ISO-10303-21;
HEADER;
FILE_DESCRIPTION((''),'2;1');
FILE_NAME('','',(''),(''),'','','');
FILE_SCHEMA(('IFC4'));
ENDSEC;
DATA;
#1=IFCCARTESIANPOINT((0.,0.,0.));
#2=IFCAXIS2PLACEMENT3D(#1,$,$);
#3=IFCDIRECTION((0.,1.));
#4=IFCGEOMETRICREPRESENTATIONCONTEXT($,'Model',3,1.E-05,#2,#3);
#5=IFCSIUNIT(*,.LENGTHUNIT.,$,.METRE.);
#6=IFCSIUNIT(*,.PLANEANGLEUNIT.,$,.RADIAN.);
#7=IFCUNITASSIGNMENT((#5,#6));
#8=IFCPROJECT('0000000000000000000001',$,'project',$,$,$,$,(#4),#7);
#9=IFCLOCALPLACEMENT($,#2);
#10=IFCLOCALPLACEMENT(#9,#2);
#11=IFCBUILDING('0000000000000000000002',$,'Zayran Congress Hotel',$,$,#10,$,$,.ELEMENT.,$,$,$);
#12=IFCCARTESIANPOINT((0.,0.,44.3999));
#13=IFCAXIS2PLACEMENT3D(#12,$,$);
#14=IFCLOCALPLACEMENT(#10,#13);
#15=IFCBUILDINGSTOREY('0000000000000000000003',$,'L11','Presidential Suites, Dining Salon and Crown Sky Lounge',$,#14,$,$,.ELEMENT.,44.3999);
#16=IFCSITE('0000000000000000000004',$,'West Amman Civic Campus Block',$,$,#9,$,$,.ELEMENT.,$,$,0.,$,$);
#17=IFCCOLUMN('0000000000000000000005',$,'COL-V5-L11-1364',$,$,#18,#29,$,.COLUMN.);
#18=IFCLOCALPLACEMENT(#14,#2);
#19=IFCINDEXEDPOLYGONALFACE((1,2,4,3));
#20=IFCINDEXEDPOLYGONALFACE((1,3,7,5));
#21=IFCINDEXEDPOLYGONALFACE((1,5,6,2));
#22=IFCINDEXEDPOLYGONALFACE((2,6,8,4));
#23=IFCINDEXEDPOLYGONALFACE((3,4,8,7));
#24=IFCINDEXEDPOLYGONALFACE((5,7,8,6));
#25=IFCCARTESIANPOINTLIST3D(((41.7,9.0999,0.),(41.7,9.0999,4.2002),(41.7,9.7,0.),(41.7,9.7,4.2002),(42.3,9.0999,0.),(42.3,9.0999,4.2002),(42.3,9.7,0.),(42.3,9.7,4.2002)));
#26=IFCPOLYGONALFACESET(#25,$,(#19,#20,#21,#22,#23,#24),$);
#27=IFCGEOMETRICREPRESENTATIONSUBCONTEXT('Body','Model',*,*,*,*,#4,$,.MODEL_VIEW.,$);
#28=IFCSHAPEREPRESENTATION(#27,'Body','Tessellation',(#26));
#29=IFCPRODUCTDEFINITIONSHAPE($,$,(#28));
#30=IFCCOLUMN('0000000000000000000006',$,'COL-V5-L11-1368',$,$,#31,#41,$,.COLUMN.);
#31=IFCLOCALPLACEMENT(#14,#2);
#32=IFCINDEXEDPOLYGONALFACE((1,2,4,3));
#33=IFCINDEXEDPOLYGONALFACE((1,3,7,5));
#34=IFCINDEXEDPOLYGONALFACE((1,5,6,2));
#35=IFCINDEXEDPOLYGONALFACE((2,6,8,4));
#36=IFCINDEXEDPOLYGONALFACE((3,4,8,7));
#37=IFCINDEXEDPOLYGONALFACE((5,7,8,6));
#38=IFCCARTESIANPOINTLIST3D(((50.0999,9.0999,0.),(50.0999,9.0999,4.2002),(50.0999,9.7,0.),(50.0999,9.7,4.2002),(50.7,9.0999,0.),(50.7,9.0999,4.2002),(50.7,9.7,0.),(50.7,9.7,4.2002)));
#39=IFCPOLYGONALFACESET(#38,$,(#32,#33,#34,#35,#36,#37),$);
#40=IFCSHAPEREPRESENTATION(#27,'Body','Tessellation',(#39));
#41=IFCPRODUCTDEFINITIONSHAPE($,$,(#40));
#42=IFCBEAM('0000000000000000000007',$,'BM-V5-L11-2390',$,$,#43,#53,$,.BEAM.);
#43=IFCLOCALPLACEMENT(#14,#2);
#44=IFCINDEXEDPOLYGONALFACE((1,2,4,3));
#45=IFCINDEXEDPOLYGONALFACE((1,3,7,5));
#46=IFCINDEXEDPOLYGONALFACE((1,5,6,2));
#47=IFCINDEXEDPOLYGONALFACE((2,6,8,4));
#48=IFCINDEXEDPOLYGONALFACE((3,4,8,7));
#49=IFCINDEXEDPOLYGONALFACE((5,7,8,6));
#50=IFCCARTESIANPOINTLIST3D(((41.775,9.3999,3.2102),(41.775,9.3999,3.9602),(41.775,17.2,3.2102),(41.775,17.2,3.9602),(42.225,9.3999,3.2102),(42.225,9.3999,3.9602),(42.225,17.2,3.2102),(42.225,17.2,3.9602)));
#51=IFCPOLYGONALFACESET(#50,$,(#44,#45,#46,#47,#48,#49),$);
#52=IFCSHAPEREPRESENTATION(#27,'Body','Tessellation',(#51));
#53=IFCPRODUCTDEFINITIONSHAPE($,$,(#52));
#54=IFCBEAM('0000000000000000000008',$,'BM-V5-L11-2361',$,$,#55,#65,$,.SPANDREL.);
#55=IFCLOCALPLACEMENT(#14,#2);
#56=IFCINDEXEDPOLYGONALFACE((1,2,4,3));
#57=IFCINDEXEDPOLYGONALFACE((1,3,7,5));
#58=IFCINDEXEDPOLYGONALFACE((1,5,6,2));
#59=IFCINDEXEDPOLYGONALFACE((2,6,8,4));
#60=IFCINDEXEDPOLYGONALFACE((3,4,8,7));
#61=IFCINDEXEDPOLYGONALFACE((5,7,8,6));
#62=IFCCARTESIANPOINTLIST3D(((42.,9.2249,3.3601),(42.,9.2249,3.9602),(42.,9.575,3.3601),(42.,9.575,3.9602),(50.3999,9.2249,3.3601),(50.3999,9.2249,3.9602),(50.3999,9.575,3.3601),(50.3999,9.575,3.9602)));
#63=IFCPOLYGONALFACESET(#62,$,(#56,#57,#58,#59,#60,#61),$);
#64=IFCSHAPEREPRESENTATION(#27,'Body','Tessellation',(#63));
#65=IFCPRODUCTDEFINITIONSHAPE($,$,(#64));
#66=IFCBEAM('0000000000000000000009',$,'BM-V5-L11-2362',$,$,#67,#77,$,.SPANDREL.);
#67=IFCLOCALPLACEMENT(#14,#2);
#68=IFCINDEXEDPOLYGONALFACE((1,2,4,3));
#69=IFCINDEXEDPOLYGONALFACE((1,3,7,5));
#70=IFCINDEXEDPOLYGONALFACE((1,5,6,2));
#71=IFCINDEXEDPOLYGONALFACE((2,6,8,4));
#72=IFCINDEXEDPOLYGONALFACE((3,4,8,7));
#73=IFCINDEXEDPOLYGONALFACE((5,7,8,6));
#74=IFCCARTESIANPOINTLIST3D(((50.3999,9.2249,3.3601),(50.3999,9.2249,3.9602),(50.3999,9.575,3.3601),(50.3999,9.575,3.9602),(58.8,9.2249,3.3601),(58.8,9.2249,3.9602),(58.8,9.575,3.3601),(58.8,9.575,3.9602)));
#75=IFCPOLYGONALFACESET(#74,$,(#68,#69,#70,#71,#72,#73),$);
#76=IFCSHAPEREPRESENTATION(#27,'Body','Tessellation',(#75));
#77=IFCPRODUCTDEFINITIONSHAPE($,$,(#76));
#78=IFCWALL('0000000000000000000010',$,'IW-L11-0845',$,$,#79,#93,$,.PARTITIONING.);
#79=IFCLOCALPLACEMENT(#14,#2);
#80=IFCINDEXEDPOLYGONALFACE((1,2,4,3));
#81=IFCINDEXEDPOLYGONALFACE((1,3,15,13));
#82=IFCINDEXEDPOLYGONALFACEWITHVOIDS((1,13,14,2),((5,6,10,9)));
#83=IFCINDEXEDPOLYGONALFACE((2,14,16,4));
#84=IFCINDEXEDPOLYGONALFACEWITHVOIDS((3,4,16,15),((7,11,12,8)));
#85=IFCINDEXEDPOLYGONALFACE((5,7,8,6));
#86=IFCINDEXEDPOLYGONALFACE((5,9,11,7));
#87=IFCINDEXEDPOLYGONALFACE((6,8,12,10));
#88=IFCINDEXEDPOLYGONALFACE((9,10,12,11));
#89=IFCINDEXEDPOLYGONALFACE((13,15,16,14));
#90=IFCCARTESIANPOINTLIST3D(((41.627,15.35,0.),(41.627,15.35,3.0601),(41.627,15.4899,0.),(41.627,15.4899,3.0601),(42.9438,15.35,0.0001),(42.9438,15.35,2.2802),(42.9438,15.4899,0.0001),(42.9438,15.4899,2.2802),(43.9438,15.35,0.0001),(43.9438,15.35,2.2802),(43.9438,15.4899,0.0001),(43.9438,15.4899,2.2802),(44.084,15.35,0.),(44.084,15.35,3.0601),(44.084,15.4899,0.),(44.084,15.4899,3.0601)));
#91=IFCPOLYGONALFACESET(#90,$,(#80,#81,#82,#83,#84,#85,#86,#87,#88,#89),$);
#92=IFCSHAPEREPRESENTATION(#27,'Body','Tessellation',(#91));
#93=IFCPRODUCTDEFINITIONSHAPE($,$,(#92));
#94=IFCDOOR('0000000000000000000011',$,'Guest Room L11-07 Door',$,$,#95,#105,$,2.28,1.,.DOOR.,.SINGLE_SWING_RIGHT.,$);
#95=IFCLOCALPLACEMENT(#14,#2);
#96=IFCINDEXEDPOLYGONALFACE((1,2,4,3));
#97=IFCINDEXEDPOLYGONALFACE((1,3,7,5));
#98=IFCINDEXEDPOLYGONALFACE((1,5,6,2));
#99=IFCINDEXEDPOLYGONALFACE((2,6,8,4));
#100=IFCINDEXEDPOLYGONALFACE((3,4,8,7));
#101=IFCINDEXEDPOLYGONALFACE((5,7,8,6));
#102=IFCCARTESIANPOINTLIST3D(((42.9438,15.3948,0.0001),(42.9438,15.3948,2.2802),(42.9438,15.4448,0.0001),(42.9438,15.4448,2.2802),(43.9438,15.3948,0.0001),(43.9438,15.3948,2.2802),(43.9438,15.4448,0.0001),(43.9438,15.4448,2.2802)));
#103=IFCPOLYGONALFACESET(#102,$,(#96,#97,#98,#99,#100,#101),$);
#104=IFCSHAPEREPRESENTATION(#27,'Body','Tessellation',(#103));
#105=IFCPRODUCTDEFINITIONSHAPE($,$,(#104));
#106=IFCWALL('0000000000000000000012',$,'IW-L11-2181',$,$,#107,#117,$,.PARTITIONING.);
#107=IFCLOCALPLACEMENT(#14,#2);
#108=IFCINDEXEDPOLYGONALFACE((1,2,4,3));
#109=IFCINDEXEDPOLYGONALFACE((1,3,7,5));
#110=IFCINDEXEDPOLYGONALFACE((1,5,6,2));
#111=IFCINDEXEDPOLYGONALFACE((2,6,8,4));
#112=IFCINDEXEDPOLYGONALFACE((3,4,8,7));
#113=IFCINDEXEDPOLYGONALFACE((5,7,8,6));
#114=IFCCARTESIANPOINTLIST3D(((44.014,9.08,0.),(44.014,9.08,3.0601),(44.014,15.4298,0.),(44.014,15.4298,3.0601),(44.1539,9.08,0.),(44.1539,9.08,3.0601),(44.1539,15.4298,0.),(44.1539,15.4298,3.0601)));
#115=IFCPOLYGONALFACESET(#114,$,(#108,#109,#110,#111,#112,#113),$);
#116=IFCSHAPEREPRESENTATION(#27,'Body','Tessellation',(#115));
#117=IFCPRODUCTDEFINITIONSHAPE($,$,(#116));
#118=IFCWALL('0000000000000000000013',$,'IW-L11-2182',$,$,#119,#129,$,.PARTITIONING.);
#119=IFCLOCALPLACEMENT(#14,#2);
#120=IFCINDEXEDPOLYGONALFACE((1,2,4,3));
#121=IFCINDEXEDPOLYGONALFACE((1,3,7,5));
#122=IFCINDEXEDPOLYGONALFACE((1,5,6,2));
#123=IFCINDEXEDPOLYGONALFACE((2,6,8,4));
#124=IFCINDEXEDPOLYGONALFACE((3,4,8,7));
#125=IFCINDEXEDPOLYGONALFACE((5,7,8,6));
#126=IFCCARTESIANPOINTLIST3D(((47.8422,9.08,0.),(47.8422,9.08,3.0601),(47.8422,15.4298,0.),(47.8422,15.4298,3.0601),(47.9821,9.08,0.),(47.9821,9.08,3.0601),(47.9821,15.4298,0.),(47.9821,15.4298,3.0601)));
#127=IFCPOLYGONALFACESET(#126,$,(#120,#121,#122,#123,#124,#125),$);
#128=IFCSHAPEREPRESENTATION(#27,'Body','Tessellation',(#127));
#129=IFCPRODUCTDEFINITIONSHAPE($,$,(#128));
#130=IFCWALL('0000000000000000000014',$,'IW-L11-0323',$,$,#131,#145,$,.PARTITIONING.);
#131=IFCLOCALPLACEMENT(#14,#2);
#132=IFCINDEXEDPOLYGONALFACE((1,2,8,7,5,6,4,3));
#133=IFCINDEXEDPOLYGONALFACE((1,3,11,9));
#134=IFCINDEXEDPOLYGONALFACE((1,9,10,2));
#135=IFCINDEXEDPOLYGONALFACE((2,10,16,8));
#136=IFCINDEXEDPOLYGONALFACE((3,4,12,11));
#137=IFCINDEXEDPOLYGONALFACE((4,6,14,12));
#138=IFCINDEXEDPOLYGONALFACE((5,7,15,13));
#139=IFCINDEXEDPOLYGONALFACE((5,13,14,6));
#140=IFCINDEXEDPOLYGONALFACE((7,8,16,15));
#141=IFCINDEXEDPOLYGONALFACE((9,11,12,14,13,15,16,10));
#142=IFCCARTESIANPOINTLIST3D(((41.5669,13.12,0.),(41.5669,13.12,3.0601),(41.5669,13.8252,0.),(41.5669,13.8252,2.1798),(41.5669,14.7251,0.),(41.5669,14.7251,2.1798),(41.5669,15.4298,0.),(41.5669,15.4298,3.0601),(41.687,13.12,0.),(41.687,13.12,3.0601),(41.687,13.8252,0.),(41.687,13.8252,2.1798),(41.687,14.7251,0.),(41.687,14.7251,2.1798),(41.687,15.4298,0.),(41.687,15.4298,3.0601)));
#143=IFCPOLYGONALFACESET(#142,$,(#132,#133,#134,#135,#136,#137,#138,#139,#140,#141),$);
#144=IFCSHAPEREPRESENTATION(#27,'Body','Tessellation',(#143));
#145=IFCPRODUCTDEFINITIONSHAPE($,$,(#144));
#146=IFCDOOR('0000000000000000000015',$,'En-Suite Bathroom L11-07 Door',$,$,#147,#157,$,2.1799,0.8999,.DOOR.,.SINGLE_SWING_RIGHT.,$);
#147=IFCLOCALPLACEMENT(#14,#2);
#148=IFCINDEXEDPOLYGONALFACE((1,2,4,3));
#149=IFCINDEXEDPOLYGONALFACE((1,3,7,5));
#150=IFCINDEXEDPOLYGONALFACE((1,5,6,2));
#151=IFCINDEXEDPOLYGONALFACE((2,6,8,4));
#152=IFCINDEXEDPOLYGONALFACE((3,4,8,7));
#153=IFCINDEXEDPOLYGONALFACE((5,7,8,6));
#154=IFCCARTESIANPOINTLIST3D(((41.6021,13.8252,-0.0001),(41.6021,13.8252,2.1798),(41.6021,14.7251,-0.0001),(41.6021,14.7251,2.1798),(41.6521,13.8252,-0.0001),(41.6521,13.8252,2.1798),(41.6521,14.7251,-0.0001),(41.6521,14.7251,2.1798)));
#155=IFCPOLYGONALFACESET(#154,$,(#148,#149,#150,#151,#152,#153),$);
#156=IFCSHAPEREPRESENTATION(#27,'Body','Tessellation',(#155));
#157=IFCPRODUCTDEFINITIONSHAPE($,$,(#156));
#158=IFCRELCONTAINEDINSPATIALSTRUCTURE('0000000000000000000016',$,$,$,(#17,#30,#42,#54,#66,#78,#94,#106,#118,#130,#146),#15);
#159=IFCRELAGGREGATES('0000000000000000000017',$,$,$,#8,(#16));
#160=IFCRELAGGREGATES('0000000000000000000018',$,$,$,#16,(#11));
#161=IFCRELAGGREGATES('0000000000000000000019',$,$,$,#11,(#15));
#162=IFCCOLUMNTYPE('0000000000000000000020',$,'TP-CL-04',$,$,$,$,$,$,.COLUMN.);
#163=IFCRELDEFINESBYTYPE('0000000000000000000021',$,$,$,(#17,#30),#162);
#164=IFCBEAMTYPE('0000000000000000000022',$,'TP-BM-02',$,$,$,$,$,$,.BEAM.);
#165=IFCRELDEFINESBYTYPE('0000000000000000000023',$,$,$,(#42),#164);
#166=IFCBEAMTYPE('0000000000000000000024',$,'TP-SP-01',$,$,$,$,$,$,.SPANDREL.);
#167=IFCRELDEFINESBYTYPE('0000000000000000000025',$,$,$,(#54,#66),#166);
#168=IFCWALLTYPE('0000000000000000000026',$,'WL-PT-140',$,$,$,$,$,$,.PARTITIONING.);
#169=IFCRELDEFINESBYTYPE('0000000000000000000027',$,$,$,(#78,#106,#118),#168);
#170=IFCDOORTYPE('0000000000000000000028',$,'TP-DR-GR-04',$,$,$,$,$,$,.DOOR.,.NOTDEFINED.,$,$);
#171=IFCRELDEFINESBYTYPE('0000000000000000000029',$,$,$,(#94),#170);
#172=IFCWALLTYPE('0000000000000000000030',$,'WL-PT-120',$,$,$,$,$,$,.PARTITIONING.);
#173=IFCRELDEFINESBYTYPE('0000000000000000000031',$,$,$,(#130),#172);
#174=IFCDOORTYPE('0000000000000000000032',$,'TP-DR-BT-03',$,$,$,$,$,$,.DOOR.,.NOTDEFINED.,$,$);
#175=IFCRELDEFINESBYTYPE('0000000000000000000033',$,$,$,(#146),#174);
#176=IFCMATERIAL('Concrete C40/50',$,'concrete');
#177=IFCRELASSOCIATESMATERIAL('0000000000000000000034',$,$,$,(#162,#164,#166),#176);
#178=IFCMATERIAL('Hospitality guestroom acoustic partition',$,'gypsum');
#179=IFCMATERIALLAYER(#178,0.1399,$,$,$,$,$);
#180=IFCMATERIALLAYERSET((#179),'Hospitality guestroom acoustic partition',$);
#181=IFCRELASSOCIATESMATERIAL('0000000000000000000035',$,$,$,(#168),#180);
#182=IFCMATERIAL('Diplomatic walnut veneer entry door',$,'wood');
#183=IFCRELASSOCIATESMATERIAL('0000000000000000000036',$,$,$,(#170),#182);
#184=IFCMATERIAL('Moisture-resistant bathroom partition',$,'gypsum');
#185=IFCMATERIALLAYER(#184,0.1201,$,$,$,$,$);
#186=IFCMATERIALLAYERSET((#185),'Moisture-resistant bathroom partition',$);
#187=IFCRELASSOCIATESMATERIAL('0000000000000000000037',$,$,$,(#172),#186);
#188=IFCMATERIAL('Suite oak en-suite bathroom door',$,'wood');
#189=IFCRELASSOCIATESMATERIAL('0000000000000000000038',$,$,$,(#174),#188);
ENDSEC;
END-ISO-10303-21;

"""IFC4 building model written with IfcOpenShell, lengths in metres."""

from ifc_helpers import new_model, si_unit, direction, frame, frame_2d, origin, origin_2d, place, context, subcontext, project, spatial, rectangle, extrude, material, layer, layer_set, material_profile, profile_set, type_object, element, fill, save


model = new_model("IFC4")

# Units and contexts
model_context = context("Model", 3, precision=1e-05, world=origin(), true_north=direction((0.0, 1.0)))
body_context = subcontext(model_context, "Body", "Model", "MODEL_VIEW")
ifc_project = project(units=[si_unit("LENGTHUNIT", "METRE"), si_unit("PLANEANGLEUNIT", "RADIAN")], contexts=[model_context])

# Site, building, storey
site_placement = place(None, origin())
site = spatial("IfcSite", under=ifc_project, at=site_placement, Name="West Amman Civic Campus Block", CompositionType="ELEMENT", RefElevation=0.0)
building_placement = place(site_placement, origin())
building = spatial("IfcBuilding", under=site, at=building_placement, Name="Zayran Congress Hotel", CompositionType="ELEMENT")
storey_placement = place(building_placement, frame((0.0, 0.0, 44.3999)))
storey = spatial("IfcBuildingStorey", under=building, at=storey_placement, Name="L11", Description="Presidential Suites, Dining Salon and Crown Sky Lounge", CompositionType="ELEMENT", Elevation=44.3999)

# Columns
ifc_material_1 = material(Name="Concrete C40/50", Category="concrete")
ifc_material_profile_1 = material_profile(ifc_material_1, rectangle(XDim=0.6001, YDim=0.6001, at=origin_2d()), Name="RC 600x600")
ifc_profile_set_1 = profile_set([ifc_material_profile_1], Name="Concrete C40/50")
column_type = type_object("IfcColumnType", Name="TP-CL-04", PredefinedType="COLUMN", material=ifc_profile_set_1)
for number, where, z_axis, x_axis, name in (
    (1, (42.0, 9.3999, 0.0), (0.0, 0.0, 1.0), (1.0, 0.0, 0.0), "COL-V5-L11-1364"),
    (2, (50.3999, 9.3999, 0.0), (0.0, 0.0, 1.0), (1.0, 0.0, 0.0), "COL-V5-L11-1368"),
):
    element("IfcColumn", number, at=place(storey_placement, frame(where, z_axis=z_axis, x_axis=x_axis)), inside=storey, type_object=column_type, Name=name, PredefinedType="COLUMN", context=body_context, shape_type="SweptSolid", body=[
        extrude(rectangle(XDim=0.6001, YDim=0.6001, at=origin_2d()), origin(), (0.0, 0.0, 1.0), 4.2002),
    ])

# Beams
ifc_material_profile_2 = material_profile(ifc_material_1, rectangle(XDim=0.45, YDim=0.75, at=origin_2d()), Name="RC 450x750")
ifc_profile_set_2 = profile_set([ifc_material_profile_2], Name="Concrete C40/50")
beam_type_1 = type_object("IfcBeamType", Name="TP-BM-02", PredefinedType="BEAM", material=ifc_profile_set_2)
beam_1_placement = place(storey_placement, frame((42.0, 9.3999, 3.5852), z_axis=(0.0, 1.0, 0.0), x_axis=(-1.0, 0.0, 0.0)))
element("IfcBeam", 3, at=beam_1_placement, inside=storey, type_object=beam_type_1, Name="BM-V5-L11-2390", PredefinedType="BEAM", context=body_context, shape_type="SweptSolid", body=[
    extrude(rectangle(XDim=0.45, YDim=0.75, at=origin_2d()), origin(), (0.0, 0.0, 1.0), 7.8),
])
ifc_material_profile_3 = material_profile(ifc_material_1, rectangle(XDim=0.3501, YDim=0.6001, at=origin_2d()), Name="RC 350x600")
ifc_profile_set_3 = profile_set([ifc_material_profile_3], Name="Concrete C40/50")
beam_type_2 = type_object("IfcBeamType", Name="TP-SP-01", PredefinedType="SPANDREL", material=ifc_profile_set_3)
beam_2_placement = place(storey_placement, frame((42.0, 9.3999, 3.6602), z_axis=(1.0, 0.0, 0.0), x_axis=(0.0, 1.0, 0.0)))
element("IfcBeam", 4, at=beam_2_placement, inside=storey, type_object=beam_type_2, Name="BM-V5-L11-2361", PredefinedType="SPANDREL", context=body_context, shape_type="SweptSolid", body=[
    extrude(rectangle(XDim=0.3501, YDim=0.6001, at=origin_2d()), origin(), (0.0, 0.0, 1.0), 8.3999),
])
beam_3_placement = place(storey_placement, frame((50.3999, 9.3999, 3.6602), z_axis=(1.0, 0.0, 0.0), x_axis=(0.0, 1.0, 0.0)))
element("IfcBeam", 5, at=beam_3_placement, inside=storey, type_object=beam_type_2, Name="BM-V5-L11-2362", PredefinedType="SPANDREL", context=body_context, shape_type="SweptSolid", body=[
    extrude(rectangle(XDim=0.3501, YDim=0.6001, at=origin_2d()), origin(), (0.0, 0.0, 1.0), 8.4001),
])

# Wall, opening, door
ifc_material_2 = material(Name="Hospitality guestroom acoustic partition", Category="gypsum")
ifc_layer_1 = layer(ifc_material_2, 0.1399)
ifc_layer_set_1 = layer_set([ifc_layer_1], Name="Hospitality guestroom acoustic partition")
wall_type_1 = type_object("IfcWallType", Name="WL-PT-140", PredefinedType="PARTITIONING", material=ifc_layer_set_1)
wall_1_placement = place(storey_placement, frame((41.627, 15.4199, 0.0), z_axis=(0.0, 0.0, 1.0), x_axis=(1.0, 0.0, 0.0)))
wall_1 = element("IfcWall", 6, at=wall_1_placement, inside=storey, type_object=wall_type_1, Name="IW-L11-0845", PredefinedType="PARTITIONING", context=body_context, shape_type="SweptSolid", body=[
    extrude(rectangle(XDim=2.457, YDim=0.1399, at=frame_2d((1.2285, 0.0))), origin(), (0.0, 0.0, 1.0), 3.0601),
])
opening_1_placement = place(wall_1_placement, frame((1.3169, 0.0, 0.0)))
opening_1 = element("IfcOpeningElement", 7, at=opening_1_placement, cuts=wall_1, PredefinedType="OPENING", context=body_context, shape_type="SweptSolid", body=[
    extrude(rectangle(XDim=1.0, YDim=2.28, at=frame_2d((0.5, 1.1401))), frame((0.0, 0.0798, 0.0), z_axis=(0.0, -1.0, 0.0), x_axis=(1.0, 0.0, 0.0)), (0.0, 0.0, 1.0), 0.1599),
])
ifc_material_3 = material(Name="Diplomatic walnut veneer entry door", Category="wood")
door_type_1 = type_object("IfcDoorType", Name="TP-DR-GR-04", OperationType="NOTDEFINED", PredefinedType="DOOR", material=ifc_material_3)
door_1_placement = place(opening_1_placement, origin())
door_1 = element("IfcDoor", 8, at=door_1_placement, inside=storey, type_object=door_type_1, Name="Guest Room L11-07 Door", OperationType="SINGLE_SWING_RIGHT", OverallHeight=2.28, OverallWidth=1.0, PredefinedType="DOOR", context=body_context, shape_type="SweptSolid", body=[
    extrude(rectangle(XDim=1.0, YDim=2.28, at=frame_2d((0.5, 1.1401))), frame((0.0, 0.0249, 0.0), z_axis=(0.0, -1.0, 0.0), x_axis=(1.0, 0.0, 0.0)), (0.0, 0.0, 1.0), 0.05),
])
fill(opening_1, door_1)

# Walls
for number, where, z_axis, x_axis, name in (
    (9, (44.084, 9.0801, 0.0), (0.0, 0.0, 1.0), (0.0, 1.0, 0.0), "IW-L11-2181"),
    (10, (47.9121, 9.0801, 0.0), (0.0, 0.0, 1.0), (0.0, 1.0, 0.0), "IW-L11-2182"),
):
    element("IfcWall", number, at=place(storey_placement, frame(where, z_axis=z_axis, x_axis=x_axis)), inside=storey, type_object=wall_type_1, Name=name, PredefinedType="PARTITIONING", context=body_context, shape_type="SweptSolid", body=[
        extrude(rectangle(XDim=6.3499, YDim=0.1399, at=frame_2d((3.1748, 0.0))), origin(), (0.0, 0.0, 1.0), 3.0601),
    ])

# Wall, opening, door
ifc_material_4 = material(Name="Moisture-resistant bathroom partition", Category="gypsum")
ifc_layer_2 = layer(ifc_material_4, 0.1201)
ifc_layer_set_2 = layer_set([ifc_layer_2], Name="Moisture-resistant bathroom partition")
wall_type_2 = type_object("IfcWallType", Name="WL-PT-120", PredefinedType="PARTITIONING", material=ifc_layer_set_2)
wall_2_placement = place(storey_placement, frame((41.627, 13.1201, 0.0), z_axis=(0.0, 0.0, 1.0), x_axis=(0.0, 1.0, 0.0)))
wall_2 = element("IfcWall", 11, at=wall_2_placement, inside=storey, type_object=wall_type_2, Name="IW-L11-0323", PredefinedType="PARTITIONING", context=body_context, shape_type="SweptSolid", body=[
    extrude(rectangle(XDim=2.3098, YDim=0.1201, at=frame_2d((1.1548, 0.0))), origin(), (0.0, 0.0, 1.0), 3.0601),
])
opening_2_placement = place(wall_2_placement, frame((0.7051, 0.0, 0.0)))
opening_2 = element("IfcOpeningElement", 12, at=opening_2_placement, cuts=wall_2, PredefinedType="OPENING", context=body_context, shape_type="SweptSolid", body=[
    extrude(rectangle(XDim=0.8999, YDim=2.1799, at=frame_2d((0.45, 1.0898))), frame((0.0, 0.0701, 0.0), z_axis=(0.0, -1.0, 0.0), x_axis=(1.0, 0.0, 0.0)), (0.0, 0.0, 1.0), 0.1401),
])
ifc_material_5 = material(Name="Suite oak en-suite bathroom door", Category="wood")
door_type_2 = type_object("IfcDoorType", Name="TP-DR-BT-03", OperationType="NOTDEFINED", PredefinedType="DOOR", material=ifc_material_5)
door_2_placement = place(opening_2_placement, origin())
door_2 = element("IfcDoor", 13, at=door_2_placement, inside=storey, type_object=door_type_2, Name="En-Suite Bathroom L11-07 Door", OperationType="SINGLE_SWING_RIGHT", OverallHeight=2.1799, OverallWidth=0.8999, PredefinedType="DOOR", context=body_context, shape_type="SweptSolid", body=[
    extrude(rectangle(XDim=0.8999, YDim=2.1799, at=frame_2d((0.45, 1.0898))), frame((0.0, 0.0249, 0.0), z_axis=(0.0, -1.0, 0.0), x_axis=(1.0, 0.0, 0.0)), (0.0, 0.0, 1.0), 0.05),
])
fill(opening_2, door_2)

save(model, "model.ifc")
